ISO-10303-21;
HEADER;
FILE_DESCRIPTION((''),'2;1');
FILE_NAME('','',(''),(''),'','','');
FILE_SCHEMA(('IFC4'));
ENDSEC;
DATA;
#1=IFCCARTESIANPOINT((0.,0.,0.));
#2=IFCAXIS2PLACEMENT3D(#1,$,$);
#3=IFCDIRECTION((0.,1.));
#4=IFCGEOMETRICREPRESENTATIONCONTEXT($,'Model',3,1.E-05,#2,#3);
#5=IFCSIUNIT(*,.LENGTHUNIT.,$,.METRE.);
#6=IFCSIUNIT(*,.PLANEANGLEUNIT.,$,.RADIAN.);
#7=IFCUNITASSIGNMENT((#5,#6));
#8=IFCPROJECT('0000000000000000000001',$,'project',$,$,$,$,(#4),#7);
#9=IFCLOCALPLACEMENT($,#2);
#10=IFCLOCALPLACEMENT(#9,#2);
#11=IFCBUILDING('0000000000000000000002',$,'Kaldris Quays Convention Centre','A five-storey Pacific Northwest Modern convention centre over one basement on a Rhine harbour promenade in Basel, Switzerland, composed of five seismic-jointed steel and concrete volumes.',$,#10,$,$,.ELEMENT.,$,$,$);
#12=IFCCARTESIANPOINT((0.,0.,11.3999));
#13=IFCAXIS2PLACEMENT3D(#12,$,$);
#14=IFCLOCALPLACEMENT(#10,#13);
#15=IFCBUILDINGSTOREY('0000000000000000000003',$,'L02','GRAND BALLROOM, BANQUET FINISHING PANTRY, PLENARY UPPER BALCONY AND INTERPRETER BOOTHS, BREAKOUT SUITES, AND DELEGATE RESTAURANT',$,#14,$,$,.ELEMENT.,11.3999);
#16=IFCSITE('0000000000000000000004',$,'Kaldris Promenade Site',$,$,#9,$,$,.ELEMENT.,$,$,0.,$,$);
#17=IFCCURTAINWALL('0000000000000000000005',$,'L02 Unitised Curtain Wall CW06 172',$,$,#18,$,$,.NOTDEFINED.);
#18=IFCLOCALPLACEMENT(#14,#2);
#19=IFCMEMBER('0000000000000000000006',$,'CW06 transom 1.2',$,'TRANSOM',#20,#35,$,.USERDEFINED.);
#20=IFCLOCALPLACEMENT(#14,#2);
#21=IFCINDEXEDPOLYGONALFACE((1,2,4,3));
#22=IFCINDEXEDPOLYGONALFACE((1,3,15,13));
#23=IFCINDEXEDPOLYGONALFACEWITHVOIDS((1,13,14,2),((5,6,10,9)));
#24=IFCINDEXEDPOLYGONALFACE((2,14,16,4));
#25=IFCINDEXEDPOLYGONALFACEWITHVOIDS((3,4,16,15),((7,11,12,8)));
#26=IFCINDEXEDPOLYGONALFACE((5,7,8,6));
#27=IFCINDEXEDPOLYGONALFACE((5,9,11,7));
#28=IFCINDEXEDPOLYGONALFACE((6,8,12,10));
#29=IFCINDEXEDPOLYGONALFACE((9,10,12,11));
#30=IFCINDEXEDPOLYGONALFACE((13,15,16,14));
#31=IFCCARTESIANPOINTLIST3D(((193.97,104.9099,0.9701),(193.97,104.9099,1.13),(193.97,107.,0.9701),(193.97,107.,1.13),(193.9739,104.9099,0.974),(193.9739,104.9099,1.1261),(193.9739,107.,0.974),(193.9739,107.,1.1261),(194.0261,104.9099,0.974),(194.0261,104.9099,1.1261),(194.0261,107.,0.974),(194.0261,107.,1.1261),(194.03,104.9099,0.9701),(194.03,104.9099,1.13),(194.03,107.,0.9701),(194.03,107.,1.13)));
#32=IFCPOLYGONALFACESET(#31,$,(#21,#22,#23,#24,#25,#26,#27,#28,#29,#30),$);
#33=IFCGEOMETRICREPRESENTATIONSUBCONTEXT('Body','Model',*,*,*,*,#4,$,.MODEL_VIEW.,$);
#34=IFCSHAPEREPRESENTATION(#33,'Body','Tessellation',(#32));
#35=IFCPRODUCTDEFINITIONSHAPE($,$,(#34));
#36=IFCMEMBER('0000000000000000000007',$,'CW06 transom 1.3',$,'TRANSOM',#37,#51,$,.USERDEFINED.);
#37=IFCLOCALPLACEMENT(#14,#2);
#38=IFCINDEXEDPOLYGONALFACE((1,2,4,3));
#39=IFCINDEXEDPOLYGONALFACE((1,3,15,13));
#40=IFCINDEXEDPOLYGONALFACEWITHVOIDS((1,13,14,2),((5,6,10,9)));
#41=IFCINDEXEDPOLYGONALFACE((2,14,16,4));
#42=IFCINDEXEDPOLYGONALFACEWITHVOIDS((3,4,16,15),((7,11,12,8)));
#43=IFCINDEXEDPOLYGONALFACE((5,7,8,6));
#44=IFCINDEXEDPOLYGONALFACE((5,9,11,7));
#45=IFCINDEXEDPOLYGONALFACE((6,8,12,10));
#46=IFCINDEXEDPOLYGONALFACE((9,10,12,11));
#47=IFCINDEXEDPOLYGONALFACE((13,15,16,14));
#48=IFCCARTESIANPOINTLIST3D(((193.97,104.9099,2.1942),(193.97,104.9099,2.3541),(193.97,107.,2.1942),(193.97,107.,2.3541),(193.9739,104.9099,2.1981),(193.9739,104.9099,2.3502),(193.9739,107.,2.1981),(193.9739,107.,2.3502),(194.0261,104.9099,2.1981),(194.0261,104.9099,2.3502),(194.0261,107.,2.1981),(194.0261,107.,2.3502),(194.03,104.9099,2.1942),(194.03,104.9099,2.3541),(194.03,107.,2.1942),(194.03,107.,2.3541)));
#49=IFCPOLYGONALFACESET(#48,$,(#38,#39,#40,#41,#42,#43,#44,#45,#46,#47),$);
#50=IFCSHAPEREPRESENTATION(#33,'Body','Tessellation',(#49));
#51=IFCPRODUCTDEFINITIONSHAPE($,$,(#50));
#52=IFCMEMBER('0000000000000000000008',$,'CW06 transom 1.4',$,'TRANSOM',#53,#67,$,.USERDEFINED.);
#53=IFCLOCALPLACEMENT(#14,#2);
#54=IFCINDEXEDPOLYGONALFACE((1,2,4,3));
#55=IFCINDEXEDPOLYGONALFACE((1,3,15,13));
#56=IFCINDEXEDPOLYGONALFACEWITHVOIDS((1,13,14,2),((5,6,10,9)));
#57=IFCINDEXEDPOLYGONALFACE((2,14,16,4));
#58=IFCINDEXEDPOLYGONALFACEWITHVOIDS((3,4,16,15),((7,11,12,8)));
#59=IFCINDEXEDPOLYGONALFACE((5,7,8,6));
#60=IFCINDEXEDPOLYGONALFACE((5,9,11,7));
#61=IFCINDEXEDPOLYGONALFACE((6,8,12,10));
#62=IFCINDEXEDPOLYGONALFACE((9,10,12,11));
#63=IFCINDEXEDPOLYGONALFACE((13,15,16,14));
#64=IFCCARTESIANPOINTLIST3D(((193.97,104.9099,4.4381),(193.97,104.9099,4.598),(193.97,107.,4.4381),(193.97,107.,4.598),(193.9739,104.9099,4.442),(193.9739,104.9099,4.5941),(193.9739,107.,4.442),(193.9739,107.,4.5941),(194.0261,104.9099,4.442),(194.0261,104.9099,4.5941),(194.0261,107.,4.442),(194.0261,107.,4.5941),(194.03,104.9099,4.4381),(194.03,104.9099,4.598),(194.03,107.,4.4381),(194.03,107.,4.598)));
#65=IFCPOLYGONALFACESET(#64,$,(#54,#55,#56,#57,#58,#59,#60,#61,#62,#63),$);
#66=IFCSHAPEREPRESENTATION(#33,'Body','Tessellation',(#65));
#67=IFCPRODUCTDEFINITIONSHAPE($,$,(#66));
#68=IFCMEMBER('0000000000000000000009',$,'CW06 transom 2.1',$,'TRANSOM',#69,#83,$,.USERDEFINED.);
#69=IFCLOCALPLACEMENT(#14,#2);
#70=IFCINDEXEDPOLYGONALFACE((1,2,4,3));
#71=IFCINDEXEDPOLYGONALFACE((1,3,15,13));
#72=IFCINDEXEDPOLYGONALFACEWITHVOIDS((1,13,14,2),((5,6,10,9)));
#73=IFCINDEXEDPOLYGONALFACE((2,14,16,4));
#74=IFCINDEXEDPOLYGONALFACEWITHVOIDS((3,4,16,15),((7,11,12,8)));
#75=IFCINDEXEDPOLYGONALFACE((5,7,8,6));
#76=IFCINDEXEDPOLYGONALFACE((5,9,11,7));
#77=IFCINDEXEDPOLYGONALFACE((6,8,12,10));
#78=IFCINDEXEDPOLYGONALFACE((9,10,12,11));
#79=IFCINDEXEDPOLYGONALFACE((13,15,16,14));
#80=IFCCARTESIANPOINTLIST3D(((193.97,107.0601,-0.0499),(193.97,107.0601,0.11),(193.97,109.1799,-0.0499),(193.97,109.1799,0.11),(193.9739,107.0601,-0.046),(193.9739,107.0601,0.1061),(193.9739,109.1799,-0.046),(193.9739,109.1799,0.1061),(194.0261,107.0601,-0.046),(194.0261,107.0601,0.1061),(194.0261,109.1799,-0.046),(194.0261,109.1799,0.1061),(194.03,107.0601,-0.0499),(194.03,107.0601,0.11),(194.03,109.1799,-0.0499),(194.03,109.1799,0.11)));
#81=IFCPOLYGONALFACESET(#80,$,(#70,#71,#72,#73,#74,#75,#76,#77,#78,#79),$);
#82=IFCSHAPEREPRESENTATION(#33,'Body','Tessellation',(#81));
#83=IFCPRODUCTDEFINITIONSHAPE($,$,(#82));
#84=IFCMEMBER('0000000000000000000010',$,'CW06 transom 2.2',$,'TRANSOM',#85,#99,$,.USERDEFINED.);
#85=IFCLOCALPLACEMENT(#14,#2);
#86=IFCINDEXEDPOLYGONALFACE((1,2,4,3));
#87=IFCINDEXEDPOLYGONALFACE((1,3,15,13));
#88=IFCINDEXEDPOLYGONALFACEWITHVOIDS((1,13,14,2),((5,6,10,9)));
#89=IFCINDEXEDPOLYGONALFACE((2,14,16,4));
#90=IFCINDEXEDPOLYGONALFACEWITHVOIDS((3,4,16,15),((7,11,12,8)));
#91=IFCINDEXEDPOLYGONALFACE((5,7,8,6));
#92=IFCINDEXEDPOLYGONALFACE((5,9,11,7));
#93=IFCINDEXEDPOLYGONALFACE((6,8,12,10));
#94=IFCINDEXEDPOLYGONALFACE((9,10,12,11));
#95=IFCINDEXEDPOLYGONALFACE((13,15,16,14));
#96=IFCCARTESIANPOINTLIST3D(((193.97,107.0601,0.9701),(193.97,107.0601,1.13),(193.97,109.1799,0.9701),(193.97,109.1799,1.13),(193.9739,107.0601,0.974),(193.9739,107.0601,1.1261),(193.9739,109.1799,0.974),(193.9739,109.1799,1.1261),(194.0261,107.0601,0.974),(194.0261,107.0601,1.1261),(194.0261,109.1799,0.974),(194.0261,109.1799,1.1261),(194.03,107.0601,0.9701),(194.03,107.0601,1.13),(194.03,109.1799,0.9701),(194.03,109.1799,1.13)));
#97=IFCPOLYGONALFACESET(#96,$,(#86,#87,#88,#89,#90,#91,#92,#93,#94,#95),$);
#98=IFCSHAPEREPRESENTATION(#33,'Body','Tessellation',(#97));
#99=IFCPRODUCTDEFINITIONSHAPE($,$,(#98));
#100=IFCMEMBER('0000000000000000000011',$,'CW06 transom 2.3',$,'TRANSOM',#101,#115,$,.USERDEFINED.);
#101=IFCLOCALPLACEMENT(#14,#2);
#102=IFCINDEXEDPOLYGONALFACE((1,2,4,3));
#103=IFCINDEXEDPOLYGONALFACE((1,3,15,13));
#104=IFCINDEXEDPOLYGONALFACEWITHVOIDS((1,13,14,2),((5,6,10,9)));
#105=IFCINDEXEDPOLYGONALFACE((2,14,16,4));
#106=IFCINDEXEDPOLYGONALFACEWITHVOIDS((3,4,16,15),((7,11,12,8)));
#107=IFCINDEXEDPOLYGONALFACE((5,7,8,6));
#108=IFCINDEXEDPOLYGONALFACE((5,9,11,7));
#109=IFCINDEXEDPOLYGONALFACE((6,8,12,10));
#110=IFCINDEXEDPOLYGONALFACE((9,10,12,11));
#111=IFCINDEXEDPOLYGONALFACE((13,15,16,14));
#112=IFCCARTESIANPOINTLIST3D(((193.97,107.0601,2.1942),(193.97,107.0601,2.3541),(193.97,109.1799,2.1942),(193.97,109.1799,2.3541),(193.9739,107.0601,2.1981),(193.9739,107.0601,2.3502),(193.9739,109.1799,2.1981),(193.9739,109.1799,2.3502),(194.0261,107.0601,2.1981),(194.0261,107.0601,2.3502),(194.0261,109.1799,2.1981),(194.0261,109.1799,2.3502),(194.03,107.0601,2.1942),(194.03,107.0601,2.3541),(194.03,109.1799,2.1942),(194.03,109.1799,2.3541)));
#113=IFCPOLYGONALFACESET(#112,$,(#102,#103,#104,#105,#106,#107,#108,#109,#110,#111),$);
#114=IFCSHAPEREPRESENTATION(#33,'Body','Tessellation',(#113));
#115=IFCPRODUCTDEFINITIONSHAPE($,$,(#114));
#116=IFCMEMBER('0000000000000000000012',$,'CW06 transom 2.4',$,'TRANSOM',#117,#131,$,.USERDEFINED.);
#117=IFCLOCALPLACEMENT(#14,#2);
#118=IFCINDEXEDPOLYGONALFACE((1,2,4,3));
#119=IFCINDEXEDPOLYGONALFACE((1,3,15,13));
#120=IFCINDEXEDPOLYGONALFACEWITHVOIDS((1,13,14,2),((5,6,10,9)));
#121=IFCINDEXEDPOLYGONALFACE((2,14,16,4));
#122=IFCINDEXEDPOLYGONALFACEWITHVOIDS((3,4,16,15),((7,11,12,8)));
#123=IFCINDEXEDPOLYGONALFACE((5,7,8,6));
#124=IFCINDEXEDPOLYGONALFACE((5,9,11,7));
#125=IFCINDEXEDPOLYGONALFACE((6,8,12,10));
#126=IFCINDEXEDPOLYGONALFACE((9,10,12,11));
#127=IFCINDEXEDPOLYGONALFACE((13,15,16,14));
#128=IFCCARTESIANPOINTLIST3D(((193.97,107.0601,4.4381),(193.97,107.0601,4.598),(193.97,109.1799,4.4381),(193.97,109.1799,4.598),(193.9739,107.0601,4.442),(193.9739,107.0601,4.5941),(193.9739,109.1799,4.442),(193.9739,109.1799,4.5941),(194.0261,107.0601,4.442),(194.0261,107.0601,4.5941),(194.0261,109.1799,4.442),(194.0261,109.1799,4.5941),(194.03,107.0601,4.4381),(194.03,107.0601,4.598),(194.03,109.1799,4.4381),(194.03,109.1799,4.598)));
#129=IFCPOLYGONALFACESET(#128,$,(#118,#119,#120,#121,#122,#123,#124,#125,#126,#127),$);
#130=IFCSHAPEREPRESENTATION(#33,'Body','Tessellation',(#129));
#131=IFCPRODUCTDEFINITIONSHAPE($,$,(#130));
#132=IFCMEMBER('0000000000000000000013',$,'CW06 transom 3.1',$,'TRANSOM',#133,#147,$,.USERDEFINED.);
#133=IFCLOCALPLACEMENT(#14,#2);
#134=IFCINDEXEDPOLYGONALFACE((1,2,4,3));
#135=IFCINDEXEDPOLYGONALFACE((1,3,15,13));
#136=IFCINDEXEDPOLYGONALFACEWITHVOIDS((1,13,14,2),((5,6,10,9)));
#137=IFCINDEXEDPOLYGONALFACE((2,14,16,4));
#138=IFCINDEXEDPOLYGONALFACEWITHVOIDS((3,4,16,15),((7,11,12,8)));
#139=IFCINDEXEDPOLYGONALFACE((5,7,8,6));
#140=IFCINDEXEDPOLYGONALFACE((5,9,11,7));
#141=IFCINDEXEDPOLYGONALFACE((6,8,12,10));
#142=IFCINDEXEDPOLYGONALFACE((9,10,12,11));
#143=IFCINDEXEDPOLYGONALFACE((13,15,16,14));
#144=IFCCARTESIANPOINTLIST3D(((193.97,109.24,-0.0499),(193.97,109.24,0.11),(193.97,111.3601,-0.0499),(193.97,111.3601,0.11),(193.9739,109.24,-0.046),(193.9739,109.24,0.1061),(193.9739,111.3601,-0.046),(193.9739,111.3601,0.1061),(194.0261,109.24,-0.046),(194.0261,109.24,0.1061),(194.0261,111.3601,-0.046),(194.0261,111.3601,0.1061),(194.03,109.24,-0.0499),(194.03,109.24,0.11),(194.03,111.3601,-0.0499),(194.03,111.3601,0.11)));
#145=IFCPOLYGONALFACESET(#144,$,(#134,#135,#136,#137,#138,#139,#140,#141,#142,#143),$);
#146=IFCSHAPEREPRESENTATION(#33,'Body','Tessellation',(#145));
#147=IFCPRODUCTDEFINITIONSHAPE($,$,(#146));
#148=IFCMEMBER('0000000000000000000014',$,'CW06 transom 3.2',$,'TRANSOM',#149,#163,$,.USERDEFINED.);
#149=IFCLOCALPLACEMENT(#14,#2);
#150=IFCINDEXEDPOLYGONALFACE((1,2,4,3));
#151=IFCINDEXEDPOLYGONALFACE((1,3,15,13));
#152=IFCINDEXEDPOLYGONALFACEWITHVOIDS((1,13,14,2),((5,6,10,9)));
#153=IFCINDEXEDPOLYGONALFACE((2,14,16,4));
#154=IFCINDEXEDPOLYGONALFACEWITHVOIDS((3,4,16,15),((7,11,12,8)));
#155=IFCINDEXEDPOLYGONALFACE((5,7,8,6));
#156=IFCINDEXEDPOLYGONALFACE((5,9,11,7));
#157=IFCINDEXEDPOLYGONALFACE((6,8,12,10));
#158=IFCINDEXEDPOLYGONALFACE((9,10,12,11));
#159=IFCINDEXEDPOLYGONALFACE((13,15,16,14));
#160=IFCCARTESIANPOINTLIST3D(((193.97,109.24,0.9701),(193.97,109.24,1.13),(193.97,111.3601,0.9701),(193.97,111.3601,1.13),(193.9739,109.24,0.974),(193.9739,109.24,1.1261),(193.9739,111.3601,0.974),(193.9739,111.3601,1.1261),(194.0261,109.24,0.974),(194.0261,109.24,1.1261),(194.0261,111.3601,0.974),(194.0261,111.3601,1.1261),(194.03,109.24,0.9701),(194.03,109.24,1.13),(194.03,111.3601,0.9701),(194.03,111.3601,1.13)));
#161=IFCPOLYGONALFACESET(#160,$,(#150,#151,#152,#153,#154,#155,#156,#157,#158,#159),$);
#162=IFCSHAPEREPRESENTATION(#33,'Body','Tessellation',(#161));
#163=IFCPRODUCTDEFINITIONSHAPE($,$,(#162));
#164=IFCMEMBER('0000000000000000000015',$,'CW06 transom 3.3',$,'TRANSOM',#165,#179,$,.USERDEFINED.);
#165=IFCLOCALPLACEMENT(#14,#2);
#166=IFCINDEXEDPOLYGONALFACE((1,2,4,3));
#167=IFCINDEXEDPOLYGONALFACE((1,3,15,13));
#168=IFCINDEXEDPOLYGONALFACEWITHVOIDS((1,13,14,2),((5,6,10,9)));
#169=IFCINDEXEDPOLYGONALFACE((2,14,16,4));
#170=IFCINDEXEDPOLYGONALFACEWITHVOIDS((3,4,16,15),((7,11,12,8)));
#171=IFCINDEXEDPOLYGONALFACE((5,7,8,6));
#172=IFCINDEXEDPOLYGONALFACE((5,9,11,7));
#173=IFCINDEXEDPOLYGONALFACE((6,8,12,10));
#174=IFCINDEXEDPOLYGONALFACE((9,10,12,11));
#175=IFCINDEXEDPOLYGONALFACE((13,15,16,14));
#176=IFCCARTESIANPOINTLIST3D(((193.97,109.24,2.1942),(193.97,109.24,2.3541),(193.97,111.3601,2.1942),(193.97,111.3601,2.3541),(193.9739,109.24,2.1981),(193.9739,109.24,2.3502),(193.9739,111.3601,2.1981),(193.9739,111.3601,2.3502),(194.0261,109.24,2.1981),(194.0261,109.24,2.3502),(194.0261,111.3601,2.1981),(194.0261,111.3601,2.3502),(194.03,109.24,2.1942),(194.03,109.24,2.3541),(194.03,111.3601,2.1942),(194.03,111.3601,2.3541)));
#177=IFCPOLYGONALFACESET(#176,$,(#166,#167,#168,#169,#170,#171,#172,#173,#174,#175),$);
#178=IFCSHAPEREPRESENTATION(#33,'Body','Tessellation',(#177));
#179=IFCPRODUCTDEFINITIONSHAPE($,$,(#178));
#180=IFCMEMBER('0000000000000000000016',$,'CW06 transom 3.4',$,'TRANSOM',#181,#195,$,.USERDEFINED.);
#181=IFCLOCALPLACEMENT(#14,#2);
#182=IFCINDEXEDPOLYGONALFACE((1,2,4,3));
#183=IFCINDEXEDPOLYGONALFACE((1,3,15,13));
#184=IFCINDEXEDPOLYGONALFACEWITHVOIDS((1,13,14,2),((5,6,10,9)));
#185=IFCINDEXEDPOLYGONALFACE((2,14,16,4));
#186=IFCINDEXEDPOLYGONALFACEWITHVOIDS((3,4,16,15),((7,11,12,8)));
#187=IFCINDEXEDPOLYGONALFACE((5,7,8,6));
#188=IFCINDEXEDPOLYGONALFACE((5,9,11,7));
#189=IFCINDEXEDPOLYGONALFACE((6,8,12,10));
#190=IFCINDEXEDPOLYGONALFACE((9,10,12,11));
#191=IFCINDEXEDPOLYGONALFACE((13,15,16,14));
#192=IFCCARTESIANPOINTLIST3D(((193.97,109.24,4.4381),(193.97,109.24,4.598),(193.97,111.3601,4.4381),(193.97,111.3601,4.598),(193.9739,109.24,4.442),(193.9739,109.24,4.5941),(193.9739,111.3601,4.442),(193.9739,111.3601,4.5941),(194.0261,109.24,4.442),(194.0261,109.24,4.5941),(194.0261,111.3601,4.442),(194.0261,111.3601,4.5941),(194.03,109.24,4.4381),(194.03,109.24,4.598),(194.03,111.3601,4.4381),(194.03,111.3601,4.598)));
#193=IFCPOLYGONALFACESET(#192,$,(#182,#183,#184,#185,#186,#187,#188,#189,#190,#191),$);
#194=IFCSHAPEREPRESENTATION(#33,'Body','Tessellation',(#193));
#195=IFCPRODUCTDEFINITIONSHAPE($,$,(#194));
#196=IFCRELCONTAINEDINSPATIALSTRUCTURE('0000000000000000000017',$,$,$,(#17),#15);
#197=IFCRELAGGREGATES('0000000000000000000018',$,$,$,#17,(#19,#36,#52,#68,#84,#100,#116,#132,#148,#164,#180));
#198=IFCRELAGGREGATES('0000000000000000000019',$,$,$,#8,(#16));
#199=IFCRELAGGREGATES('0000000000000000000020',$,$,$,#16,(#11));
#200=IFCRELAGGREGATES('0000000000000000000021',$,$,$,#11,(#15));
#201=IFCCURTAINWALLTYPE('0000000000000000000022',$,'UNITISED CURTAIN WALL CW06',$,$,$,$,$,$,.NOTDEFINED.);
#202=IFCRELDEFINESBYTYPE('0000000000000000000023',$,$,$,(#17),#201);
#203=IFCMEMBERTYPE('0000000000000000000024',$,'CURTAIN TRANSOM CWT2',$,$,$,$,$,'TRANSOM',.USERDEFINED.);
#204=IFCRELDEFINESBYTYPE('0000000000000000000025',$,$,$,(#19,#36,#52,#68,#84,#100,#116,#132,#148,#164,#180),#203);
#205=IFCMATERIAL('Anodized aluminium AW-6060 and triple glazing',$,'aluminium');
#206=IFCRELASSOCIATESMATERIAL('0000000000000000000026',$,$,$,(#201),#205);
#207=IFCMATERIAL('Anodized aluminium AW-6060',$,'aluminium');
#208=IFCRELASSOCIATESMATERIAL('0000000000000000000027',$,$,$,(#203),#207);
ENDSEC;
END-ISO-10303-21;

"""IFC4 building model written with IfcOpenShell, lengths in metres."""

from ifc_helpers import new_model, si_unit, direction, frame, origin, origin_2d, place, context, subcontext, project, spatial, hollow_rectangle, extrude, material, material_profile, profile_set, type_object, element, aggregate, save


model = new_model("IFC4")

# Units and contexts
model_context = context("Model", 3, precision=1e-05, world=origin(), true_north=direction((0.0, 1.0)))
body_context = subcontext(model_context, "Body", "Model", "MODEL_VIEW")
ifc_project = project(units=[si_unit("LENGTHUNIT", "METRE"), si_unit("PLANEANGLEUNIT", "RADIAN")], contexts=[model_context])

# Site, building, storey
site_placement = place(None, origin())
site = spatial("IfcSite", under=ifc_project, at=site_placement, Name="Kaldris Promenade Site", CompositionType="ELEMENT", RefElevation=0.0)
building_placement = place(site_placement, origin())
building = spatial("IfcBuilding", under=site, at=building_placement, Name="Kaldris Quays Convention Centre", Description="A five-storey Pacific Northwest Modern convention centre over one basement on a Rhine harbour promenade in Basel, Switzerland, composed of five seismic-jointed steel and concrete volumes.", CompositionType="ELEMENT")
storey_placement = place(building_placement, frame((0.0, 0.0, 11.3999)))
storey = spatial("IfcBuildingStorey", under=building, at=storey_placement, Name="L02", Description="GRAND BALLROOM, BANQUET FINISHING PANTRY, PLENARY UPPER BALCONY AND INTERPRETER BOOTHS, BREAKOUT SUITES, AND DELEGATE RESTAURANT", CompositionType="ELEMENT", Elevation=11.3999)

# Curtain wall
ifc_material_1 = material(Name="Anodized aluminium AW-6060 and triple glazing", Category="aluminium")
curtain_wall_type = type_object("IfcCurtainWallType", Name="UNITISED CURTAIN WALL CW06", PredefinedType="NOTDEFINED", material=ifc_material_1)
curtain_wall_1_placement = place(storey_placement, origin())
curtain_wall_1 = element("IfcCurtainWall", 1, at=curtain_wall_1_placement, inside=storey, type_object=curtain_wall_type, Name="L02 Unitised Curtain Wall CW06 172", PredefinedType="NOTDEFINED")
ifc_material_2 = material(Name="Anodized aluminium AW-6060", Category="aluminium")
ifc_material_profile_1 = material_profile(ifc_material_2, hollow_rectangle(XDim=0.0601, YDim=0.1599, WallThickness=0.0039, at=origin_2d()), Name="RHS 160x60x4")
ifc_profile_set_1 = profile_set([ifc_material_profile_1], Name="Anodized aluminium AW-6060")
member_type_1 = type_object("IfcMemberType", Name="CURTAIN TRANSOM CWT2", ElementType="TRANSOM", PredefinedType="USERDEFINED", material=ifc_profile_set_1)

# Members
member_1_placement = place(storey_placement, frame((194.0, 104.9099, 1.05), z_axis=(0.0, 1.0, 0.0), x_axis=(-1.0, 0.0, 0.0)))
member_1 = element("IfcMember", 2, at=member_1_placement, type_object=member_type_1, Name="CW06 transom 1.2", ObjectType="TRANSOM", PredefinedType="USERDEFINED", context=body_context, shape_type="SweptSolid", body=[
    extrude(hollow_rectangle(XDim=0.0601, YDim=0.1599, WallThickness=0.0039, at=origin_2d()), origin(), (0.0, 0.0, 1.0), 2.0901),
])
member_2_placement = place(storey_placement, frame((194.0, 104.9099, 2.2742), z_axis=(0.0, 1.0, 0.0), x_axis=(-1.0, 0.0, 0.0)))
member_2 = element("IfcMember", 3, at=member_2_placement, type_object=member_type_1, Name="CW06 transom 1.3", ObjectType="TRANSOM", PredefinedType="USERDEFINED", context=body_context, shape_type="SweptSolid", body=[
    extrude(hollow_rectangle(XDim=0.0601, YDim=0.1599, WallThickness=0.0039, at=origin_2d()), origin(), (0.0, 0.0, 1.0), 2.0901),
])
member_3_placement = place(storey_placement, frame((194.0, 104.9099, 4.5181), z_axis=(0.0, 1.0, 0.0), x_axis=(-1.0, 0.0, 0.0)))
member_3 = element("IfcMember", 4, at=member_3_placement, type_object=member_type_1, Name="CW06 transom 1.4", ObjectType="TRANSOM", PredefinedType="USERDEFINED", context=body_context, shape_type="SweptSolid", body=[
    extrude(hollow_rectangle(XDim=0.0601, YDim=0.1599, WallThickness=0.0039, at=origin_2d()), origin(), (0.0, 0.0, 1.0), 2.0901),
])
member_4_placement = place(storey_placement, frame((194.0, 107.0601, 0.03), z_axis=(0.0, 1.0, 0.0), x_axis=(-1.0, 0.0, 0.0)))
member_4 = element("IfcMember", 5, at=member_4_placement, type_object=member_type_1, Name="CW06 transom 2.1", ObjectType="TRANSOM", PredefinedType="USERDEFINED", context=body_context, shape_type="SweptSolid", body=[
    extrude(hollow_rectangle(XDim=0.0601, YDim=0.1599, WallThickness=0.0039, at=origin_2d()), origin(), (0.0, 0.0, 1.0), 2.1199),
])
member_5_placement = place(storey_placement, frame((194.0, 107.0601, 1.05), z_axis=(0.0, 1.0, 0.0), x_axis=(-1.0, 0.0, 0.0)))
member_5 = element("IfcMember", 6, at=member_5_placement, type_object=member_type_1, Name="CW06 transom 2.2", ObjectType="TRANSOM", PredefinedType="USERDEFINED", context=body_context, shape_type="SweptSolid", body=[
    extrude(hollow_rectangle(XDim=0.0601, YDim=0.1599, WallThickness=0.0039, at=origin_2d()), origin(), (0.0, 0.0, 1.0), 2.1199),
])
member_6_placement = place(storey_placement, frame((194.0, 107.0601, 2.2742), z_axis=(0.0, 1.0, 0.0), x_axis=(-1.0, 0.0, 0.0)))
member_6 = element("IfcMember", 7, at=member_6_placement, type_object=member_type_1, Name="CW06 transom 2.3", ObjectType="TRANSOM", PredefinedType="USERDEFINED", context=body_context, shape_type="SweptSolid", body=[
    extrude(hollow_rectangle(XDim=0.0601, YDim=0.1599, WallThickness=0.0039, at=origin_2d()), origin(), (0.0, 0.0, 1.0), 2.1199),
])
member_7_placement = place(storey_placement, frame((194.0, 107.0601, 4.5181), z_axis=(0.0, 1.0, 0.0), x_axis=(-1.0, 0.0, 0.0)))
member_7 = element("IfcMember", 8, at=member_7_placement, type_object=member_type_1, Name="CW06 transom 2.4", ObjectType="TRANSOM", PredefinedType="USERDEFINED", context=body_context, shape_type="SweptSolid", body=[
    extrude(hollow_rectangle(XDim=0.0601, YDim=0.1599, WallThickness=0.0039, at=origin_2d()), origin(), (0.0, 0.0, 1.0), 2.1199),
])
member_8_placement = place(storey_placement, frame((194.0, 109.24, 0.03), z_axis=(0.0, 1.0, 0.0), x_axis=(-1.0, 0.0, 0.0)))
member_8 = element("IfcMember", 9, at=member_8_placement, type_object=member_type_1, Name="CW06 transom 3.1", ObjectType="TRANSOM", PredefinedType="USERDEFINED", context=body_context, shape_type="SweptSolid", body=[
    extrude(hollow_rectangle(XDim=0.0601, YDim=0.1599, WallThickness=0.0039, at=origin_2d()), origin(), (0.0, 0.0, 1.0), 2.1201),
])
member_9_placement = place(storey_placement, frame((194.0, 109.24, 1.05), z_axis=(0.0, 1.0, 0.0), x_axis=(-1.0, 0.0, 0.0)))
member_9 = element("IfcMember", 10, at=member_9_placement, type_object=member_type_1, Name="CW06 transom 3.2", ObjectType="TRANSOM", PredefinedType="USERDEFINED", context=body_context, shape_type="SweptSolid", body=[
    extrude(hollow_rectangle(XDim=0.0601, YDim=0.1599, WallThickness=0.0039, at=origin_2d()), origin(), (0.0, 0.0, 1.0), 2.1201),
])
member_10_placement = place(storey_placement, frame((194.0, 109.24, 2.2742), z_axis=(0.0, 1.0, 0.0), x_axis=(-1.0, 0.0, 0.0)))
member_10 = element("IfcMember", 11, at=member_10_placement, type_object=member_type_1, Name="CW06 transom 3.3", ObjectType="TRANSOM", PredefinedType="USERDEFINED", context=body_context, shape_type="SweptSolid", body=[
    extrude(hollow_rectangle(XDim=0.0601, YDim=0.1599, WallThickness=0.0039, at=origin_2d()), origin(), (0.0, 0.0, 1.0), 2.1201),
])
member_11_placement = place(storey_placement, frame((194.0, 109.24, 4.5181), z_axis=(0.0, 1.0, 0.0), x_axis=(-1.0, 0.0, 0.0)))
member_11 = element("IfcMember", 12, at=member_11_placement, type_object=member_type_1, Name="CW06 transom 3.4", ObjectType="TRANSOM", PredefinedType="USERDEFINED", context=body_context, shape_type="SweptSolid", body=[
    extrude(hollow_rectangle(XDim=0.0601, YDim=0.1599, WallThickness=0.0039, at=origin_2d()), origin(), (0.0, 0.0, 1.0), 2.1201),
])

aggregate(curtain_wall_1, [member_1, member_2, member_3, member_4, member_5, member_6, member_7, member_8, member_9, member_10, member_11])

save(model, "model.ifc")
